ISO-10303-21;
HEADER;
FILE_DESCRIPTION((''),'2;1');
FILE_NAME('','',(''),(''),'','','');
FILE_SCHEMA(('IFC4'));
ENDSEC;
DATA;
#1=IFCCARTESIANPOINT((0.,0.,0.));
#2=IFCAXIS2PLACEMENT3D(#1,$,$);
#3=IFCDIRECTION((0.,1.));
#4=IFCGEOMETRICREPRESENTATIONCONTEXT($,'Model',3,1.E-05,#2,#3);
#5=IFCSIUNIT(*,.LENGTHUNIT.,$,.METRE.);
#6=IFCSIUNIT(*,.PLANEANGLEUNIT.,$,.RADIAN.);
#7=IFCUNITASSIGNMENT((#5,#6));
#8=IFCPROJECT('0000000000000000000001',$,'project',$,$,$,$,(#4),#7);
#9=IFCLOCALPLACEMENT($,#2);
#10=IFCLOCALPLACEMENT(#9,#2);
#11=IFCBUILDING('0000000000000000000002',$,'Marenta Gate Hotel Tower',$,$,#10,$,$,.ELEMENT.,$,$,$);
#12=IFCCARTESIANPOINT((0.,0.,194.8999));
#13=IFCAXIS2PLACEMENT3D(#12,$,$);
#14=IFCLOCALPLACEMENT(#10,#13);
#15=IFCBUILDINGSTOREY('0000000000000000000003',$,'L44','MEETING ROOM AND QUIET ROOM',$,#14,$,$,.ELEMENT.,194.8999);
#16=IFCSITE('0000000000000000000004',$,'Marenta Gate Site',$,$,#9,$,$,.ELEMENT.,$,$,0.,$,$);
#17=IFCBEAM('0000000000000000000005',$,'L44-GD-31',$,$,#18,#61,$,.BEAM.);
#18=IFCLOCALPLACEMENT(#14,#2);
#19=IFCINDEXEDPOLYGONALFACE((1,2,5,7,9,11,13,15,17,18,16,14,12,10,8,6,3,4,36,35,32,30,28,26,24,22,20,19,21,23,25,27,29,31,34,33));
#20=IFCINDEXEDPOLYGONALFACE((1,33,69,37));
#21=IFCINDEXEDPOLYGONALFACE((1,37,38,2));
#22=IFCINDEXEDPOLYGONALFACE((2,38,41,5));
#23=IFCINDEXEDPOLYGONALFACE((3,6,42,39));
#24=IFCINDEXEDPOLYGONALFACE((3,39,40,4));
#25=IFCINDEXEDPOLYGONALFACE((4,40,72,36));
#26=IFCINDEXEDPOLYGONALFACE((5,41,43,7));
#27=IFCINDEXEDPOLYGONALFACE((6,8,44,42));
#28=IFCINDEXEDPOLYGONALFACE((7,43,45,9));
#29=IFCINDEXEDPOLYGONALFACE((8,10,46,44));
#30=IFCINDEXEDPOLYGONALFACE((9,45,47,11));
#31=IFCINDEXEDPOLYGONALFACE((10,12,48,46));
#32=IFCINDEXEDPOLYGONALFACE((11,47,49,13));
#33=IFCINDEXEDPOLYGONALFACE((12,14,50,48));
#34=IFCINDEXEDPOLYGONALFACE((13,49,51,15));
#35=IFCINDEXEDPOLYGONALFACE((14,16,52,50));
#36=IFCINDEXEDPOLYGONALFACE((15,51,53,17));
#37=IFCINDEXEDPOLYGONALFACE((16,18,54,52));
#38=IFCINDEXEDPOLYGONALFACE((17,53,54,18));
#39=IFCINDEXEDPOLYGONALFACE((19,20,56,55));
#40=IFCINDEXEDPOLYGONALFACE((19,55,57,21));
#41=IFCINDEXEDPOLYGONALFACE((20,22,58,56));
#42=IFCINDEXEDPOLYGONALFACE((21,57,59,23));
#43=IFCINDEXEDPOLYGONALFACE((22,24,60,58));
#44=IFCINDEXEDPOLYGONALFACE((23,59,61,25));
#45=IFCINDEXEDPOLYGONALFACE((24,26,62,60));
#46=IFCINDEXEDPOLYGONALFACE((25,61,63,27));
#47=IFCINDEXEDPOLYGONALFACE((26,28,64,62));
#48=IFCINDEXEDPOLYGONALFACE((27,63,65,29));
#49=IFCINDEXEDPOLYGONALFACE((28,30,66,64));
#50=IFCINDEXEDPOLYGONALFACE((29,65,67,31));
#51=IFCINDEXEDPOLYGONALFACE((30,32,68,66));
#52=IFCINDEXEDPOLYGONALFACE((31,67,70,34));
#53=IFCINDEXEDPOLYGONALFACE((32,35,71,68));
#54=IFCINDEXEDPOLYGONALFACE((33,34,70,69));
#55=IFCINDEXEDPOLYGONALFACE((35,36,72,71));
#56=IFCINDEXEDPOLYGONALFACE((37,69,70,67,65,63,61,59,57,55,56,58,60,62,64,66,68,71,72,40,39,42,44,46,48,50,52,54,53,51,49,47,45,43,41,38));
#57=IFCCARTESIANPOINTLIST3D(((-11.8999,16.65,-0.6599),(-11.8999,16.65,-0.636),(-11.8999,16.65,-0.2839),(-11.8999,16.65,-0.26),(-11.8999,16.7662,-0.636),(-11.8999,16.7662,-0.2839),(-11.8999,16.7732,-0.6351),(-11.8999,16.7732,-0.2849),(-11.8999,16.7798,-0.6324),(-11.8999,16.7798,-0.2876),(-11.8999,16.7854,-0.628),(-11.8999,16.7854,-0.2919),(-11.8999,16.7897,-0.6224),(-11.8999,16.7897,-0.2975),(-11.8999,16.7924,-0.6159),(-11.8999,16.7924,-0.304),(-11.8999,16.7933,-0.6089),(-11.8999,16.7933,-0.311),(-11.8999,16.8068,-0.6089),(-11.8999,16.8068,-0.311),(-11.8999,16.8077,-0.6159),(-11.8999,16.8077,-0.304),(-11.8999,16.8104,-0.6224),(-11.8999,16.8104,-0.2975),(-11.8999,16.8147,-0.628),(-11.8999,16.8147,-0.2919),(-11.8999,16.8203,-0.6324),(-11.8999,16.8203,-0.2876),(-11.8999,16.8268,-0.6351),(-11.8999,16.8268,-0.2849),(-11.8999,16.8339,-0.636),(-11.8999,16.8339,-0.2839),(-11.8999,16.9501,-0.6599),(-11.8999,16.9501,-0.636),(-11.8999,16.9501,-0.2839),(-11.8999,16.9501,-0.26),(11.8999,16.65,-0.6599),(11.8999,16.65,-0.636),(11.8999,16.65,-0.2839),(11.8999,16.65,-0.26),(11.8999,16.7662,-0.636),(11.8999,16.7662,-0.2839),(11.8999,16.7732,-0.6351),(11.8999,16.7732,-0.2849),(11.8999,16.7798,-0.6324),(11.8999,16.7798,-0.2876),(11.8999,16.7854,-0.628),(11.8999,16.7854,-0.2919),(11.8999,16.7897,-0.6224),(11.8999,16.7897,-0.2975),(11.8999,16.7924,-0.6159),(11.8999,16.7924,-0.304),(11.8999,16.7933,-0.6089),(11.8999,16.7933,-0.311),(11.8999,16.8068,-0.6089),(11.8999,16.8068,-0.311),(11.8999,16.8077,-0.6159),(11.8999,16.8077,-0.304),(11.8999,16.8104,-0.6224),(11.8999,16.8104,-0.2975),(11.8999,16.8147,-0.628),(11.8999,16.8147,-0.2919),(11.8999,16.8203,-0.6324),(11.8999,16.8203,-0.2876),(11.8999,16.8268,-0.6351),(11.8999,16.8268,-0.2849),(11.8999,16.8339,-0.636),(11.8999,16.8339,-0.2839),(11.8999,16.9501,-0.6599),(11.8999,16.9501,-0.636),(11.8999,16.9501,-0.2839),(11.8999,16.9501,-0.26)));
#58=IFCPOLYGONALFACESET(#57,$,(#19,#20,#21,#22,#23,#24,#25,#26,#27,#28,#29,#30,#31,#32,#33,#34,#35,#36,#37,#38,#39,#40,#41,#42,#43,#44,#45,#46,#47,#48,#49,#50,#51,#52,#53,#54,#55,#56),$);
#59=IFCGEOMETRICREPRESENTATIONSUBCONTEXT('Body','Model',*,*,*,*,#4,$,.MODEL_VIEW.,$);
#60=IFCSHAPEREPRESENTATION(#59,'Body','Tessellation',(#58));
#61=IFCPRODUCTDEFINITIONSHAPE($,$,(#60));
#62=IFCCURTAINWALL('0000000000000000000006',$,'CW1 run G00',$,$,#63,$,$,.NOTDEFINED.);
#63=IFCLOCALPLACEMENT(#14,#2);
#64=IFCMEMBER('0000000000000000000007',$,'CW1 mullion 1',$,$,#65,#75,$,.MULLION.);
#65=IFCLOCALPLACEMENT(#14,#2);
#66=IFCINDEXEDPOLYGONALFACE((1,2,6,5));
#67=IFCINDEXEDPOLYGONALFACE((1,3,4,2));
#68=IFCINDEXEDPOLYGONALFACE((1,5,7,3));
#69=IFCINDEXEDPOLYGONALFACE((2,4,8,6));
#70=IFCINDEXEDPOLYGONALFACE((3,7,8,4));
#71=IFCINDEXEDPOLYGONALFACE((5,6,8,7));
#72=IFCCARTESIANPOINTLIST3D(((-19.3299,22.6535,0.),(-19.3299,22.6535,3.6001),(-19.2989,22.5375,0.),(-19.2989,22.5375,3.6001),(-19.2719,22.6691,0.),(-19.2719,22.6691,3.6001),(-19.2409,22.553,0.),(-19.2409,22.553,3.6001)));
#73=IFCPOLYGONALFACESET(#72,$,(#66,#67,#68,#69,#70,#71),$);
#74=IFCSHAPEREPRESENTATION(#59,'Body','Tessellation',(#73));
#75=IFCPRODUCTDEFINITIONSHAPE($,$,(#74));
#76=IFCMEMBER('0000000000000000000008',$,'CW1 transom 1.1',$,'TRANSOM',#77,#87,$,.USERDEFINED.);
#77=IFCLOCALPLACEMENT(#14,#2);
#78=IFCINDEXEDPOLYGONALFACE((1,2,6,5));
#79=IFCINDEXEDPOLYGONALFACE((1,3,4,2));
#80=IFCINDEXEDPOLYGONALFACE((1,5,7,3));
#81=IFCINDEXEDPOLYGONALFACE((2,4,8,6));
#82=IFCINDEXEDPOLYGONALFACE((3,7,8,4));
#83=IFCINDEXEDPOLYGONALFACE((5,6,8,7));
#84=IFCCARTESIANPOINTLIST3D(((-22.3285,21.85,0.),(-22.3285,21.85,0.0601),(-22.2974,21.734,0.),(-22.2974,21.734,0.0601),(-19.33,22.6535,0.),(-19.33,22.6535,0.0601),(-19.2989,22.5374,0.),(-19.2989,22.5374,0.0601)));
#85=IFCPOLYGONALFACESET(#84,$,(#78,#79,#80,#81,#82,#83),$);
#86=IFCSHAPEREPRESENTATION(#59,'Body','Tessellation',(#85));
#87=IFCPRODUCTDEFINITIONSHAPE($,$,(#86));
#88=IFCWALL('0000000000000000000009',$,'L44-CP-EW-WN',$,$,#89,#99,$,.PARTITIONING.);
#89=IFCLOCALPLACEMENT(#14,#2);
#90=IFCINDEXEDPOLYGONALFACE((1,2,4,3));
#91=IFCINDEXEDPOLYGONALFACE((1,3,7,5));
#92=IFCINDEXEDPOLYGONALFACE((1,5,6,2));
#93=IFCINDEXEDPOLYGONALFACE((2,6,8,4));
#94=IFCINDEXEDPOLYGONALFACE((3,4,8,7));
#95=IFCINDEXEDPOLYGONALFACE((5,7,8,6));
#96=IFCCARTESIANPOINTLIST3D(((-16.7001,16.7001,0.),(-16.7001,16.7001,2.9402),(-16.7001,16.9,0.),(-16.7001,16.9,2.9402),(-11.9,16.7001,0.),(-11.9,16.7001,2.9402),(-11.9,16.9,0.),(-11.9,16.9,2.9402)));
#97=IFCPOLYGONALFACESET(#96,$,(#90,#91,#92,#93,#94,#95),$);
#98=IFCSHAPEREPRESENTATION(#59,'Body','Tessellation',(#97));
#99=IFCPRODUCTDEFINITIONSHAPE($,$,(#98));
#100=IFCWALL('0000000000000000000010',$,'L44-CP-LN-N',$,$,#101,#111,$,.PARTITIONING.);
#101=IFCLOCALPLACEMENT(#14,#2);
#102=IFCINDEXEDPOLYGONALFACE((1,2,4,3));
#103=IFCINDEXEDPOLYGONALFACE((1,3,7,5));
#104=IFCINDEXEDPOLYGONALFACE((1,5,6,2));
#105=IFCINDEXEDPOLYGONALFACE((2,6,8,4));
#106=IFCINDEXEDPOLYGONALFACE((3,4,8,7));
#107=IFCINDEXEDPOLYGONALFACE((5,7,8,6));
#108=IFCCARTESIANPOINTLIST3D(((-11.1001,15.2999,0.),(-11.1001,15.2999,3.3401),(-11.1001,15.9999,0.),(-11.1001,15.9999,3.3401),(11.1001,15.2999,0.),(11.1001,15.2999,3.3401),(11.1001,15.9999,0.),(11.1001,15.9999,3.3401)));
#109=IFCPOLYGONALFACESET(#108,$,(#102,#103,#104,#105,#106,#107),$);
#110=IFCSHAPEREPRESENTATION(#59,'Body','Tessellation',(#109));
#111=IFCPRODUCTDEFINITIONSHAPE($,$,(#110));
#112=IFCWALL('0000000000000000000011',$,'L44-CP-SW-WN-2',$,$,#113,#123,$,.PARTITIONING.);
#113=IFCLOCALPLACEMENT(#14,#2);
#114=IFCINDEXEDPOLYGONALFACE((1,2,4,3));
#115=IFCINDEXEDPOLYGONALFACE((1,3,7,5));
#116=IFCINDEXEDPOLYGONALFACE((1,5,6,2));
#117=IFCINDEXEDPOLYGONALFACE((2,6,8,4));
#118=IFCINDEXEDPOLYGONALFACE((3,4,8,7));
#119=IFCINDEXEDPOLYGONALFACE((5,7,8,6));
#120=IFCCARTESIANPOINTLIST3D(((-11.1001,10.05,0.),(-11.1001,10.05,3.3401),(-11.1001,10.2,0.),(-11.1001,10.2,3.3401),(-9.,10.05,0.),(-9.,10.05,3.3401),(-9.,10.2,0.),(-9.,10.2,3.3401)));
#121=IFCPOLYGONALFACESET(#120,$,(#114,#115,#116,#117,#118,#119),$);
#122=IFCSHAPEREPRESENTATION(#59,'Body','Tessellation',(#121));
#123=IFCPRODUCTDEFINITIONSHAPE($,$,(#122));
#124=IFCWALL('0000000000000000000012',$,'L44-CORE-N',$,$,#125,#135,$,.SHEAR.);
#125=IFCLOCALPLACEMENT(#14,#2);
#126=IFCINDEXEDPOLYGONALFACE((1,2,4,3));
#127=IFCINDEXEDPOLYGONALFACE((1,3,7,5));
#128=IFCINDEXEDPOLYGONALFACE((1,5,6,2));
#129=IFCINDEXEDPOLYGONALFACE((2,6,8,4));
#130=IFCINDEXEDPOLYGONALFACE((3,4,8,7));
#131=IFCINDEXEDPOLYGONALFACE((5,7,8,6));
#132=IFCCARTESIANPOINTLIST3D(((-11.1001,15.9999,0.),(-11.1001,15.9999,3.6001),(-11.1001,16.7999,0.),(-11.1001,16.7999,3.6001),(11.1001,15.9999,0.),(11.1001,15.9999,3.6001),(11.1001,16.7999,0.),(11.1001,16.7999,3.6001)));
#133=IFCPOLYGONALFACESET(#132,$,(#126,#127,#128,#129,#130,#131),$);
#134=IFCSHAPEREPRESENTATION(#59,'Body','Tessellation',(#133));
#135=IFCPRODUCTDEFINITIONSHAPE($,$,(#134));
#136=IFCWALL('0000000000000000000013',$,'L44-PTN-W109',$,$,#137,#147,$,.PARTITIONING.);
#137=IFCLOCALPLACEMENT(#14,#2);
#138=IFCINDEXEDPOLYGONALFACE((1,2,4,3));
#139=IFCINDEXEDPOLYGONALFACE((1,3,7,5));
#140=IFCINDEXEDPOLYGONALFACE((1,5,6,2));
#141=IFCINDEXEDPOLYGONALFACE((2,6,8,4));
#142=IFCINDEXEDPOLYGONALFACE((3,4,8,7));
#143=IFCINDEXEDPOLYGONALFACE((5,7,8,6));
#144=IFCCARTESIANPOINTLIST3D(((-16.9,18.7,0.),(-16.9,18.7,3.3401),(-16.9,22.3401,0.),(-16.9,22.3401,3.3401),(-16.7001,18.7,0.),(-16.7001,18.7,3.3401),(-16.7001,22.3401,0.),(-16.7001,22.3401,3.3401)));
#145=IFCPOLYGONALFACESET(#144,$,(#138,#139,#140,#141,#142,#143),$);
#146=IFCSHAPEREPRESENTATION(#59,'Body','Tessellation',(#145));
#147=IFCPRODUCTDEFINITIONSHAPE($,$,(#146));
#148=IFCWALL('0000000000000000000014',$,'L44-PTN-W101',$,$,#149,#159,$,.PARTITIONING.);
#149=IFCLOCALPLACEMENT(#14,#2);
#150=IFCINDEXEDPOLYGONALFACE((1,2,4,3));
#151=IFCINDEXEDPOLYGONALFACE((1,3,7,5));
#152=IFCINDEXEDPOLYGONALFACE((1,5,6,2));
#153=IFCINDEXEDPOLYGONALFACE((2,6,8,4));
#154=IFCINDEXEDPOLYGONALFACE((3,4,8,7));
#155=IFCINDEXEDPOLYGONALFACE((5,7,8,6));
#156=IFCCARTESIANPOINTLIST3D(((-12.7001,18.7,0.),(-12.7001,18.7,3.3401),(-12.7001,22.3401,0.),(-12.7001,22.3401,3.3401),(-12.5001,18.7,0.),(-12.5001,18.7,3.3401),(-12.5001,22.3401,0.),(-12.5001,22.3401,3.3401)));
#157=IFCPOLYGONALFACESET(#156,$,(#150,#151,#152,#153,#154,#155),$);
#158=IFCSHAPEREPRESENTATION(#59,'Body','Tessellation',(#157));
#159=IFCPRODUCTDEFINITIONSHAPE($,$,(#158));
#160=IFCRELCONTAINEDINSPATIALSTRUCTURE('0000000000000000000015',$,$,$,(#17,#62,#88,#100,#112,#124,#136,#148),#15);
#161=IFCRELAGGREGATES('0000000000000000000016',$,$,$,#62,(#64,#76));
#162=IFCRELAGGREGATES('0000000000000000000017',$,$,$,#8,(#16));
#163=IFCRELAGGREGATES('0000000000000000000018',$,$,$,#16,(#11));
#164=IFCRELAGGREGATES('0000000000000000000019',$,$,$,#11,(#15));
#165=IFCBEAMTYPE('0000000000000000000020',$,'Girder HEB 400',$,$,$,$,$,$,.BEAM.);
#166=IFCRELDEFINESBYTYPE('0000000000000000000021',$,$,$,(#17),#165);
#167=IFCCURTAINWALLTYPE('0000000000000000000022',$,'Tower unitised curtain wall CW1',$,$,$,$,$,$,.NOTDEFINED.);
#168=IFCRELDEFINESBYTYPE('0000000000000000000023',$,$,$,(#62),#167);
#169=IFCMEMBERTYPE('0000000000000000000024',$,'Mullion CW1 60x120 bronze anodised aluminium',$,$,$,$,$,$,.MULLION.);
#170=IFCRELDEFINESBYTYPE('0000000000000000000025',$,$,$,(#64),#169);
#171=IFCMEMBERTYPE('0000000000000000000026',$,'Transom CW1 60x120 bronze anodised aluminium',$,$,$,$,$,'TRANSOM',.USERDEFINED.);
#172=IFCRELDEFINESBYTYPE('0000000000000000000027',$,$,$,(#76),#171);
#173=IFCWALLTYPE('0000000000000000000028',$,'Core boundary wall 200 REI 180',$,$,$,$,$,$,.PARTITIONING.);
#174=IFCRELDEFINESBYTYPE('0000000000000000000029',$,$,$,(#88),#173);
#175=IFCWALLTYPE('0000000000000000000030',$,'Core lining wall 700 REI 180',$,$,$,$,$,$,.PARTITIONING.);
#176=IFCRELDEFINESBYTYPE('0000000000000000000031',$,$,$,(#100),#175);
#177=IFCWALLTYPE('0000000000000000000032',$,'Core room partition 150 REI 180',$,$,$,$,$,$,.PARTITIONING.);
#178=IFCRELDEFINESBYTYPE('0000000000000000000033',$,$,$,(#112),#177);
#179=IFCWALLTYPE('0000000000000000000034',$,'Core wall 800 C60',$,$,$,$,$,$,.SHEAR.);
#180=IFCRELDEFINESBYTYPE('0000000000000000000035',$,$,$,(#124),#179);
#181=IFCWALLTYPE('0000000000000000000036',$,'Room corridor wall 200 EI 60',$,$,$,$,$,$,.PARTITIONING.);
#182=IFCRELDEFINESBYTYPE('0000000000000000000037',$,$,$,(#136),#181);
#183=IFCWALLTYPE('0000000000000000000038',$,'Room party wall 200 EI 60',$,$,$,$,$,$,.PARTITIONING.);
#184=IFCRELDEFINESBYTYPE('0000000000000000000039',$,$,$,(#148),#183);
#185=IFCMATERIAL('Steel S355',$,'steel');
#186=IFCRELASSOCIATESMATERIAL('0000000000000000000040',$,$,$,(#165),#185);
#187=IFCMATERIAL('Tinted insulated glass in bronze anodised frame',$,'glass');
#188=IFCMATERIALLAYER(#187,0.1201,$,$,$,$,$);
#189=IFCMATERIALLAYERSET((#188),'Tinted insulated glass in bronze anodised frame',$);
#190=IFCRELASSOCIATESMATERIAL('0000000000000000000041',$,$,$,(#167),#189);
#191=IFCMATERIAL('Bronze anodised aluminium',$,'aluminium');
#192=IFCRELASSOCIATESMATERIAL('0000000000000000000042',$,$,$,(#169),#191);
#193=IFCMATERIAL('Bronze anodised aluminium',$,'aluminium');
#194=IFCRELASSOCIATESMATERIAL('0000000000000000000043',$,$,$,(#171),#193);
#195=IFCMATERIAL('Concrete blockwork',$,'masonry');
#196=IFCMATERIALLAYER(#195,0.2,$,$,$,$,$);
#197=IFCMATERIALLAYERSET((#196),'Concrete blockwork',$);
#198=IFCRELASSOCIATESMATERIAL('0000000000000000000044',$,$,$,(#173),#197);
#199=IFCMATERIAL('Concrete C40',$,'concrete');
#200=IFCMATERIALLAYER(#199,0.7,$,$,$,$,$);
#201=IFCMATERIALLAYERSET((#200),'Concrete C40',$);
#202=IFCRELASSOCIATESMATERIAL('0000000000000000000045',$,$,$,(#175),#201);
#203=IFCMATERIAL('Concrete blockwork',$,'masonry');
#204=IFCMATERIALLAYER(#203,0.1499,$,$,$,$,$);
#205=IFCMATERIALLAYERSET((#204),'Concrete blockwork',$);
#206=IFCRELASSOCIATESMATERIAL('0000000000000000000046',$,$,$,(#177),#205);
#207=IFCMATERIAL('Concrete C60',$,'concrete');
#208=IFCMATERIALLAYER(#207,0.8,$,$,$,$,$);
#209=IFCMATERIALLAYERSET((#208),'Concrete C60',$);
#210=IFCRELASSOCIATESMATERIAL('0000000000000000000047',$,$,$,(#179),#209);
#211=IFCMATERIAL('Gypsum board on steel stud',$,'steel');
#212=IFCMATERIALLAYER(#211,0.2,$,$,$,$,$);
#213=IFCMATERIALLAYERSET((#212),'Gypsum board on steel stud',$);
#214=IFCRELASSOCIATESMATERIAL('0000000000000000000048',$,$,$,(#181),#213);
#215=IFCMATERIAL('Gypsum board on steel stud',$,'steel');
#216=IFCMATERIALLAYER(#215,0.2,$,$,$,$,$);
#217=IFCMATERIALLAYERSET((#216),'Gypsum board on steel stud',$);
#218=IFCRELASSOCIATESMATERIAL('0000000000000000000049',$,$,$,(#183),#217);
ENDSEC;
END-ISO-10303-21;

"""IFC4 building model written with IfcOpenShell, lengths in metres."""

from ifc_helpers import new_model, si_unit, direction, frame, frame_2d, origin, origin_2d, place, context, subcontext, project, spatial, rectangle, i_section, extrude, material, layer, layer_set, material_profile, profile_set, type_object, element, aggregate, save


model = new_model("IFC4")

# Units and contexts
model_context = context("Model", 3, precision=1e-05, world=origin(), true_north=direction((0.0, 1.0)))
body_context = subcontext(model_context, "Body", "Model", "MODEL_VIEW")
ifc_project = project(units=[si_unit("LENGTHUNIT", "METRE"), si_unit("PLANEANGLEUNIT", "RADIAN")], contexts=[model_context])

# Site, building, storey
site_placement = place(None, origin())
site = spatial("IfcSite", under=ifc_project, at=site_placement, Name="Marenta Gate Site", CompositionType="ELEMENT", RefElevation=0.0)
building_placement = place(site_placement, origin())
building = spatial("IfcBuilding", under=site, at=building_placement, Name="Marenta Gate Hotel Tower", CompositionType="ELEMENT")
storey_placement = place(building_placement, frame((0.0, 0.0, 194.8999)))
storey = spatial("IfcBuildingStorey", under=building, at=storey_placement, Name="L44", Description="MEETING ROOM AND QUIET ROOM", CompositionType="ELEMENT", Elevation=194.8999)

# Beam
ifc_material_1 = material(Name="Steel S355", Category="steel")
ifc_material_profile_1 = material_profile(ifc_material_1, i_section(OverallWidth=0.3, OverallDepth=0.3999, WebThickness=0.0134, FlangeThickness=0.0239, FilletRadius=0.0271, at=origin_2d()), Name="HEB 400")
ifc_profile_set_1 = profile_set([ifc_material_profile_1], Name="Steel S355")
beam_type_1 = type_object("IfcBeamType", Name="Girder HEB 400", PredefinedType="BEAM", material=ifc_profile_set_1)
beam_1_placement = place(storey_placement, frame((-11.8999, 16.8, -0.46), z_axis=(1.0, 0.0, 0.0), x_axis=(0.0, 1.0, 0.0)))
element("IfcBeam", 1, at=beam_1_placement, inside=storey, type_object=beam_type_1, Name="L44-GD-31", PredefinedType="BEAM", context=body_context, shape_type="SweptSolid", body=[
    extrude(i_section(OverallWidth=0.3, OverallDepth=0.3999, WebThickness=0.0134, FlangeThickness=0.0239, FilletRadius=0.0271, at=origin_2d()), origin(), (0.0, 0.0, 1.0), 23.7998),
])

# Curtain wall, members
ifc_material_2 = material(Name="Tinted insulated glass in bronze anodised frame", Category="glass")
ifc_layer_1 = layer(ifc_material_2, 0.1201)
ifc_layer_set_1 = layer_set([ifc_layer_1], Name="Tinted insulated glass in bronze anodised frame")
curtain_wall_type = type_object("IfcCurtainWallType", Name="Tower unitised curtain wall CW1", PredefinedType="NOTDEFINED", material=ifc_layer_set_1)
curtain_wall_placement = place(storey_placement, origin())
curtain_wall = element("IfcCurtainWall", 2, at=curtain_wall_placement, inside=storey, type_object=curtain_wall_type, Name="CW1 run G00", PredefinedType="NOTDEFINED")
ifc_material_3 = material(Name="Bronze anodised aluminium", Category="aluminium")
ifc_material_profile_2 = material_profile(ifc_material_3, rectangle(XDim=0.1201, YDim=0.0601, at=origin_2d()), Name="Mullion CW1 60x120 bronze anodised aluminium")
ifc_profile_set_2 = profile_set([ifc_material_profile_2], Name="Bronze anodised aluminium")
member_type_1 = type_object("IfcMemberType", Name="Mullion CW1 60x120 bronze anodised aluminium", PredefinedType="MULLION", material=ifc_profile_set_2)
member_1_placement = place(storey_placement, frame((-19.2854, 22.6033, 0.0), z_axis=(0.0, 0.0, 1.0), x_axis=(0.258801, -0.965931, 0.0)))
member_1 = element("IfcMember", 3, at=member_1_placement, type_object=member_type_1, Name="CW1 mullion 1", PredefinedType="MULLION", context=body_context, shape_type="SweptSolid", body=[
    extrude(rectangle(XDim=0.1201, YDim=0.0601, at=origin_2d()), origin(), (0.0, 0.0, 1.0), 3.6001),
])
ifc_material_4 = material(Name="Bronze anodised aluminium", Category="aluminium")
ifc_material_profile_3 = material_profile(ifc_material_4, rectangle(XDim=0.1201, YDim=0.0601, at=origin_2d()), Name="Transom CW1 60x120 bronze anodised aluminium")
ifc_profile_set_3 = profile_set([ifc_material_profile_3], Name="Bronze anodised aluminium")
member_type_2 = type_object("IfcMemberType", Name="Transom CW1 60x120 bronze anodised aluminium", ElementType="TRANSOM", PredefinedType="USERDEFINED", material=ifc_profile_set_3)
member_2_placement = place(storey_placement, frame((-19.3145, 22.5955, 0.03), z_axis=(-0.965925, -0.258823, 0.0), x_axis=(0.258823, -0.965925, 0.0)))
member_2 = element("IfcMember", 4, at=member_2_placement, type_object=member_type_2, Name="CW1 transom 1.1", ObjectType="TRANSOM", PredefinedType="USERDEFINED", context=body_context, shape_type="SweptSolid", body=[
    extrude(rectangle(XDim=0.1201, YDim=0.0601, at=origin_2d()), origin(), (0.0, 0.0, 1.0), 3.1042),
])
aggregate(curtain_wall, [member_1, member_2])

# Walls
ifc_material_5 = material(Name="Concrete blockwork", Category="masonry")
ifc_layer_2 = layer(ifc_material_5, 0.2)
ifc_layer_set_2 = layer_set([ifc_layer_2], Name="Concrete blockwork")
wall_type_1 = type_object("IfcWallType", Name="Core boundary wall 200 REI 180", PredefinedType="PARTITIONING", material=ifc_layer_set_2)
wall_1_placement = place(storey_placement, frame((-16.7, 16.8, 0.0), z_axis=(0.0, 0.0, 1.0), x_axis=(1.0, 0.0, 0.0)))
element("IfcWall", 5, at=wall_1_placement, inside=storey, type_object=wall_type_1, Name="L44-CP-EW-WN", PredefinedType="PARTITIONING", context=body_context, shape_type="SweptSolid", body=[
    extrude(rectangle(XDim=4.8, YDim=0.2, at=frame_2d((2.3999, 0.0))), origin(), (0.0, 0.0, 1.0), 2.9402),
])
ifc_material_6 = material(Name="Concrete C40", Category="concrete")
ifc_layer_3 = layer(ifc_material_6, 0.7)
ifc_layer_set_3 = layer_set([ifc_layer_3], Name="Concrete C40")
wall_type_2 = type_object("IfcWallType", Name="Core lining wall 700 REI 180", PredefinedType="PARTITIONING", material=ifc_layer_set_3)
wall_2_placement = place(storey_placement, frame((-11.1001, 15.6499, 0.0), z_axis=(0.0, 0.0, 1.0), x_axis=(1.0, 0.0, 0.0)))
element("IfcWall", 6, at=wall_2_placement, inside=storey, type_object=wall_type_2, Name="L44-CP-LN-N", PredefinedType="PARTITIONING", context=body_context, shape_type="SweptSolid", body=[
    extrude(rectangle(XDim=22.2002, YDim=0.7, at=frame_2d((11.1001, 0.0))), origin(), (0.0, 0.0, 1.0), 3.3401),
])
ifc_material_7 = material(Name="Concrete blockwork", Category="masonry")
ifc_layer_4 = layer(ifc_material_7, 0.1499)
ifc_layer_set_4 = layer_set([ifc_layer_4], Name="Concrete blockwork")
wall_type_3 = type_object("IfcWallType", Name="Core room partition 150 REI 180", PredefinedType="PARTITIONING", material=ifc_layer_set_4)
wall_3_placement = place(storey_placement, frame((-11.1001, 10.125, 0.0), z_axis=(0.0, 0.0, 1.0), x_axis=(1.0, 0.0, 0.0)))
element("IfcWall", 7, at=wall_3_placement, inside=storey, type_object=wall_type_3, Name="L44-CP-SW-WN-2", PredefinedType="PARTITIONING", context=body_context, shape_type="SweptSolid", body=[
    extrude(rectangle(XDim=2.1001, YDim=0.1499, at=frame_2d((1.05, 0.0))), origin(), (0.0, 0.0, 1.0), 3.3401),
])
ifc_material_8 = material(Name="Concrete C60", Category="concrete")
ifc_layer_5 = layer(ifc_material_8, 0.8)
ifc_layer_set_5 = layer_set([ifc_layer_5], Name="Concrete C60")
wall_type_4 = type_object("IfcWallType", Name="Core wall 800 C60", PredefinedType="SHEAR", material=ifc_layer_set_5)
wall_4_placement = place(storey_placement, frame((-11.1001, 16.3999, 0.0), z_axis=(0.0, 0.0, 1.0), x_axis=(1.0, 0.0, 0.0)))
element("IfcWall", 8, at=wall_4_placement, inside=storey, type_object=wall_type_4, Name="L44-CORE-N", PredefinedType="SHEAR", context=body_context, shape_type="SweptSolid", body=[
    extrude(rectangle(XDim=22.2002, YDim=0.8, at=frame_2d((11.1001, 0.0))), origin(), (0.0, 0.0, 1.0), 3.6001),
])
ifc_material_9 = material(Name="Gypsum board on steel stud", Category="steel")
ifc_layer_6 = layer(ifc_material_9, 0.2)
ifc_layer_set_6 = layer_set([ifc_layer_6], Name="Gypsum board on steel stud")
wall_type_5 = type_object("IfcWallType", Name="Room corridor wall 200 EI 60", PredefinedType="PARTITIONING", material=ifc_layer_set_6)
wall_5_placement = place(storey_placement, frame((-16.8, 18.7, 0.0), z_axis=(0.0, 0.0, 1.0), x_axis=(0.0, 1.0, 0.0)))
element("IfcWall", 9, at=wall_5_placement, inside=storey, type_object=wall_type_5, Name="L44-PTN-W109", PredefinedType="PARTITIONING", context=body_context, shape_type="SweptSolid", body=[
    extrude(rectangle(XDim=3.6401, YDim=0.2, at=frame_2d((1.8201, 0.0))), origin(), (0.0, 0.0, 1.0), 3.3401),
])

# Wall
ifc_material_10 = material(Name="Gypsum board on steel stud", Category="steel")
ifc_layer_7 = layer(ifc_material_10, 0.2)
ifc_layer_set_7 = layer_set([ifc_layer_7], Name="Gypsum board on steel stud")
wall_type_6 = type_object("IfcWallType", Name="Room party wall 200 EI 60", PredefinedType="PARTITIONING", material=ifc_layer_set_7)
wall_6_placement = place(storey_placement, frame((-12.6001, 18.7, 0.0), z_axis=(0.0, 0.0, 1.0), x_axis=(0.0, 1.0, 0.0)))
element("IfcWall", 10, at=wall_6_placement, inside=storey, type_object=wall_type_6, Name="L44-PTN-W101", PredefinedType="PARTITIONING", context=body_context, shape_type="SweptSolid", body=[
    extrude(rectangle(XDim=3.6401, YDim=0.2, at=frame_2d((1.8201, 0.0))), origin(), (0.0, 0.0, 1.0), 3.3401),
])

save(model, "model.ifc")
